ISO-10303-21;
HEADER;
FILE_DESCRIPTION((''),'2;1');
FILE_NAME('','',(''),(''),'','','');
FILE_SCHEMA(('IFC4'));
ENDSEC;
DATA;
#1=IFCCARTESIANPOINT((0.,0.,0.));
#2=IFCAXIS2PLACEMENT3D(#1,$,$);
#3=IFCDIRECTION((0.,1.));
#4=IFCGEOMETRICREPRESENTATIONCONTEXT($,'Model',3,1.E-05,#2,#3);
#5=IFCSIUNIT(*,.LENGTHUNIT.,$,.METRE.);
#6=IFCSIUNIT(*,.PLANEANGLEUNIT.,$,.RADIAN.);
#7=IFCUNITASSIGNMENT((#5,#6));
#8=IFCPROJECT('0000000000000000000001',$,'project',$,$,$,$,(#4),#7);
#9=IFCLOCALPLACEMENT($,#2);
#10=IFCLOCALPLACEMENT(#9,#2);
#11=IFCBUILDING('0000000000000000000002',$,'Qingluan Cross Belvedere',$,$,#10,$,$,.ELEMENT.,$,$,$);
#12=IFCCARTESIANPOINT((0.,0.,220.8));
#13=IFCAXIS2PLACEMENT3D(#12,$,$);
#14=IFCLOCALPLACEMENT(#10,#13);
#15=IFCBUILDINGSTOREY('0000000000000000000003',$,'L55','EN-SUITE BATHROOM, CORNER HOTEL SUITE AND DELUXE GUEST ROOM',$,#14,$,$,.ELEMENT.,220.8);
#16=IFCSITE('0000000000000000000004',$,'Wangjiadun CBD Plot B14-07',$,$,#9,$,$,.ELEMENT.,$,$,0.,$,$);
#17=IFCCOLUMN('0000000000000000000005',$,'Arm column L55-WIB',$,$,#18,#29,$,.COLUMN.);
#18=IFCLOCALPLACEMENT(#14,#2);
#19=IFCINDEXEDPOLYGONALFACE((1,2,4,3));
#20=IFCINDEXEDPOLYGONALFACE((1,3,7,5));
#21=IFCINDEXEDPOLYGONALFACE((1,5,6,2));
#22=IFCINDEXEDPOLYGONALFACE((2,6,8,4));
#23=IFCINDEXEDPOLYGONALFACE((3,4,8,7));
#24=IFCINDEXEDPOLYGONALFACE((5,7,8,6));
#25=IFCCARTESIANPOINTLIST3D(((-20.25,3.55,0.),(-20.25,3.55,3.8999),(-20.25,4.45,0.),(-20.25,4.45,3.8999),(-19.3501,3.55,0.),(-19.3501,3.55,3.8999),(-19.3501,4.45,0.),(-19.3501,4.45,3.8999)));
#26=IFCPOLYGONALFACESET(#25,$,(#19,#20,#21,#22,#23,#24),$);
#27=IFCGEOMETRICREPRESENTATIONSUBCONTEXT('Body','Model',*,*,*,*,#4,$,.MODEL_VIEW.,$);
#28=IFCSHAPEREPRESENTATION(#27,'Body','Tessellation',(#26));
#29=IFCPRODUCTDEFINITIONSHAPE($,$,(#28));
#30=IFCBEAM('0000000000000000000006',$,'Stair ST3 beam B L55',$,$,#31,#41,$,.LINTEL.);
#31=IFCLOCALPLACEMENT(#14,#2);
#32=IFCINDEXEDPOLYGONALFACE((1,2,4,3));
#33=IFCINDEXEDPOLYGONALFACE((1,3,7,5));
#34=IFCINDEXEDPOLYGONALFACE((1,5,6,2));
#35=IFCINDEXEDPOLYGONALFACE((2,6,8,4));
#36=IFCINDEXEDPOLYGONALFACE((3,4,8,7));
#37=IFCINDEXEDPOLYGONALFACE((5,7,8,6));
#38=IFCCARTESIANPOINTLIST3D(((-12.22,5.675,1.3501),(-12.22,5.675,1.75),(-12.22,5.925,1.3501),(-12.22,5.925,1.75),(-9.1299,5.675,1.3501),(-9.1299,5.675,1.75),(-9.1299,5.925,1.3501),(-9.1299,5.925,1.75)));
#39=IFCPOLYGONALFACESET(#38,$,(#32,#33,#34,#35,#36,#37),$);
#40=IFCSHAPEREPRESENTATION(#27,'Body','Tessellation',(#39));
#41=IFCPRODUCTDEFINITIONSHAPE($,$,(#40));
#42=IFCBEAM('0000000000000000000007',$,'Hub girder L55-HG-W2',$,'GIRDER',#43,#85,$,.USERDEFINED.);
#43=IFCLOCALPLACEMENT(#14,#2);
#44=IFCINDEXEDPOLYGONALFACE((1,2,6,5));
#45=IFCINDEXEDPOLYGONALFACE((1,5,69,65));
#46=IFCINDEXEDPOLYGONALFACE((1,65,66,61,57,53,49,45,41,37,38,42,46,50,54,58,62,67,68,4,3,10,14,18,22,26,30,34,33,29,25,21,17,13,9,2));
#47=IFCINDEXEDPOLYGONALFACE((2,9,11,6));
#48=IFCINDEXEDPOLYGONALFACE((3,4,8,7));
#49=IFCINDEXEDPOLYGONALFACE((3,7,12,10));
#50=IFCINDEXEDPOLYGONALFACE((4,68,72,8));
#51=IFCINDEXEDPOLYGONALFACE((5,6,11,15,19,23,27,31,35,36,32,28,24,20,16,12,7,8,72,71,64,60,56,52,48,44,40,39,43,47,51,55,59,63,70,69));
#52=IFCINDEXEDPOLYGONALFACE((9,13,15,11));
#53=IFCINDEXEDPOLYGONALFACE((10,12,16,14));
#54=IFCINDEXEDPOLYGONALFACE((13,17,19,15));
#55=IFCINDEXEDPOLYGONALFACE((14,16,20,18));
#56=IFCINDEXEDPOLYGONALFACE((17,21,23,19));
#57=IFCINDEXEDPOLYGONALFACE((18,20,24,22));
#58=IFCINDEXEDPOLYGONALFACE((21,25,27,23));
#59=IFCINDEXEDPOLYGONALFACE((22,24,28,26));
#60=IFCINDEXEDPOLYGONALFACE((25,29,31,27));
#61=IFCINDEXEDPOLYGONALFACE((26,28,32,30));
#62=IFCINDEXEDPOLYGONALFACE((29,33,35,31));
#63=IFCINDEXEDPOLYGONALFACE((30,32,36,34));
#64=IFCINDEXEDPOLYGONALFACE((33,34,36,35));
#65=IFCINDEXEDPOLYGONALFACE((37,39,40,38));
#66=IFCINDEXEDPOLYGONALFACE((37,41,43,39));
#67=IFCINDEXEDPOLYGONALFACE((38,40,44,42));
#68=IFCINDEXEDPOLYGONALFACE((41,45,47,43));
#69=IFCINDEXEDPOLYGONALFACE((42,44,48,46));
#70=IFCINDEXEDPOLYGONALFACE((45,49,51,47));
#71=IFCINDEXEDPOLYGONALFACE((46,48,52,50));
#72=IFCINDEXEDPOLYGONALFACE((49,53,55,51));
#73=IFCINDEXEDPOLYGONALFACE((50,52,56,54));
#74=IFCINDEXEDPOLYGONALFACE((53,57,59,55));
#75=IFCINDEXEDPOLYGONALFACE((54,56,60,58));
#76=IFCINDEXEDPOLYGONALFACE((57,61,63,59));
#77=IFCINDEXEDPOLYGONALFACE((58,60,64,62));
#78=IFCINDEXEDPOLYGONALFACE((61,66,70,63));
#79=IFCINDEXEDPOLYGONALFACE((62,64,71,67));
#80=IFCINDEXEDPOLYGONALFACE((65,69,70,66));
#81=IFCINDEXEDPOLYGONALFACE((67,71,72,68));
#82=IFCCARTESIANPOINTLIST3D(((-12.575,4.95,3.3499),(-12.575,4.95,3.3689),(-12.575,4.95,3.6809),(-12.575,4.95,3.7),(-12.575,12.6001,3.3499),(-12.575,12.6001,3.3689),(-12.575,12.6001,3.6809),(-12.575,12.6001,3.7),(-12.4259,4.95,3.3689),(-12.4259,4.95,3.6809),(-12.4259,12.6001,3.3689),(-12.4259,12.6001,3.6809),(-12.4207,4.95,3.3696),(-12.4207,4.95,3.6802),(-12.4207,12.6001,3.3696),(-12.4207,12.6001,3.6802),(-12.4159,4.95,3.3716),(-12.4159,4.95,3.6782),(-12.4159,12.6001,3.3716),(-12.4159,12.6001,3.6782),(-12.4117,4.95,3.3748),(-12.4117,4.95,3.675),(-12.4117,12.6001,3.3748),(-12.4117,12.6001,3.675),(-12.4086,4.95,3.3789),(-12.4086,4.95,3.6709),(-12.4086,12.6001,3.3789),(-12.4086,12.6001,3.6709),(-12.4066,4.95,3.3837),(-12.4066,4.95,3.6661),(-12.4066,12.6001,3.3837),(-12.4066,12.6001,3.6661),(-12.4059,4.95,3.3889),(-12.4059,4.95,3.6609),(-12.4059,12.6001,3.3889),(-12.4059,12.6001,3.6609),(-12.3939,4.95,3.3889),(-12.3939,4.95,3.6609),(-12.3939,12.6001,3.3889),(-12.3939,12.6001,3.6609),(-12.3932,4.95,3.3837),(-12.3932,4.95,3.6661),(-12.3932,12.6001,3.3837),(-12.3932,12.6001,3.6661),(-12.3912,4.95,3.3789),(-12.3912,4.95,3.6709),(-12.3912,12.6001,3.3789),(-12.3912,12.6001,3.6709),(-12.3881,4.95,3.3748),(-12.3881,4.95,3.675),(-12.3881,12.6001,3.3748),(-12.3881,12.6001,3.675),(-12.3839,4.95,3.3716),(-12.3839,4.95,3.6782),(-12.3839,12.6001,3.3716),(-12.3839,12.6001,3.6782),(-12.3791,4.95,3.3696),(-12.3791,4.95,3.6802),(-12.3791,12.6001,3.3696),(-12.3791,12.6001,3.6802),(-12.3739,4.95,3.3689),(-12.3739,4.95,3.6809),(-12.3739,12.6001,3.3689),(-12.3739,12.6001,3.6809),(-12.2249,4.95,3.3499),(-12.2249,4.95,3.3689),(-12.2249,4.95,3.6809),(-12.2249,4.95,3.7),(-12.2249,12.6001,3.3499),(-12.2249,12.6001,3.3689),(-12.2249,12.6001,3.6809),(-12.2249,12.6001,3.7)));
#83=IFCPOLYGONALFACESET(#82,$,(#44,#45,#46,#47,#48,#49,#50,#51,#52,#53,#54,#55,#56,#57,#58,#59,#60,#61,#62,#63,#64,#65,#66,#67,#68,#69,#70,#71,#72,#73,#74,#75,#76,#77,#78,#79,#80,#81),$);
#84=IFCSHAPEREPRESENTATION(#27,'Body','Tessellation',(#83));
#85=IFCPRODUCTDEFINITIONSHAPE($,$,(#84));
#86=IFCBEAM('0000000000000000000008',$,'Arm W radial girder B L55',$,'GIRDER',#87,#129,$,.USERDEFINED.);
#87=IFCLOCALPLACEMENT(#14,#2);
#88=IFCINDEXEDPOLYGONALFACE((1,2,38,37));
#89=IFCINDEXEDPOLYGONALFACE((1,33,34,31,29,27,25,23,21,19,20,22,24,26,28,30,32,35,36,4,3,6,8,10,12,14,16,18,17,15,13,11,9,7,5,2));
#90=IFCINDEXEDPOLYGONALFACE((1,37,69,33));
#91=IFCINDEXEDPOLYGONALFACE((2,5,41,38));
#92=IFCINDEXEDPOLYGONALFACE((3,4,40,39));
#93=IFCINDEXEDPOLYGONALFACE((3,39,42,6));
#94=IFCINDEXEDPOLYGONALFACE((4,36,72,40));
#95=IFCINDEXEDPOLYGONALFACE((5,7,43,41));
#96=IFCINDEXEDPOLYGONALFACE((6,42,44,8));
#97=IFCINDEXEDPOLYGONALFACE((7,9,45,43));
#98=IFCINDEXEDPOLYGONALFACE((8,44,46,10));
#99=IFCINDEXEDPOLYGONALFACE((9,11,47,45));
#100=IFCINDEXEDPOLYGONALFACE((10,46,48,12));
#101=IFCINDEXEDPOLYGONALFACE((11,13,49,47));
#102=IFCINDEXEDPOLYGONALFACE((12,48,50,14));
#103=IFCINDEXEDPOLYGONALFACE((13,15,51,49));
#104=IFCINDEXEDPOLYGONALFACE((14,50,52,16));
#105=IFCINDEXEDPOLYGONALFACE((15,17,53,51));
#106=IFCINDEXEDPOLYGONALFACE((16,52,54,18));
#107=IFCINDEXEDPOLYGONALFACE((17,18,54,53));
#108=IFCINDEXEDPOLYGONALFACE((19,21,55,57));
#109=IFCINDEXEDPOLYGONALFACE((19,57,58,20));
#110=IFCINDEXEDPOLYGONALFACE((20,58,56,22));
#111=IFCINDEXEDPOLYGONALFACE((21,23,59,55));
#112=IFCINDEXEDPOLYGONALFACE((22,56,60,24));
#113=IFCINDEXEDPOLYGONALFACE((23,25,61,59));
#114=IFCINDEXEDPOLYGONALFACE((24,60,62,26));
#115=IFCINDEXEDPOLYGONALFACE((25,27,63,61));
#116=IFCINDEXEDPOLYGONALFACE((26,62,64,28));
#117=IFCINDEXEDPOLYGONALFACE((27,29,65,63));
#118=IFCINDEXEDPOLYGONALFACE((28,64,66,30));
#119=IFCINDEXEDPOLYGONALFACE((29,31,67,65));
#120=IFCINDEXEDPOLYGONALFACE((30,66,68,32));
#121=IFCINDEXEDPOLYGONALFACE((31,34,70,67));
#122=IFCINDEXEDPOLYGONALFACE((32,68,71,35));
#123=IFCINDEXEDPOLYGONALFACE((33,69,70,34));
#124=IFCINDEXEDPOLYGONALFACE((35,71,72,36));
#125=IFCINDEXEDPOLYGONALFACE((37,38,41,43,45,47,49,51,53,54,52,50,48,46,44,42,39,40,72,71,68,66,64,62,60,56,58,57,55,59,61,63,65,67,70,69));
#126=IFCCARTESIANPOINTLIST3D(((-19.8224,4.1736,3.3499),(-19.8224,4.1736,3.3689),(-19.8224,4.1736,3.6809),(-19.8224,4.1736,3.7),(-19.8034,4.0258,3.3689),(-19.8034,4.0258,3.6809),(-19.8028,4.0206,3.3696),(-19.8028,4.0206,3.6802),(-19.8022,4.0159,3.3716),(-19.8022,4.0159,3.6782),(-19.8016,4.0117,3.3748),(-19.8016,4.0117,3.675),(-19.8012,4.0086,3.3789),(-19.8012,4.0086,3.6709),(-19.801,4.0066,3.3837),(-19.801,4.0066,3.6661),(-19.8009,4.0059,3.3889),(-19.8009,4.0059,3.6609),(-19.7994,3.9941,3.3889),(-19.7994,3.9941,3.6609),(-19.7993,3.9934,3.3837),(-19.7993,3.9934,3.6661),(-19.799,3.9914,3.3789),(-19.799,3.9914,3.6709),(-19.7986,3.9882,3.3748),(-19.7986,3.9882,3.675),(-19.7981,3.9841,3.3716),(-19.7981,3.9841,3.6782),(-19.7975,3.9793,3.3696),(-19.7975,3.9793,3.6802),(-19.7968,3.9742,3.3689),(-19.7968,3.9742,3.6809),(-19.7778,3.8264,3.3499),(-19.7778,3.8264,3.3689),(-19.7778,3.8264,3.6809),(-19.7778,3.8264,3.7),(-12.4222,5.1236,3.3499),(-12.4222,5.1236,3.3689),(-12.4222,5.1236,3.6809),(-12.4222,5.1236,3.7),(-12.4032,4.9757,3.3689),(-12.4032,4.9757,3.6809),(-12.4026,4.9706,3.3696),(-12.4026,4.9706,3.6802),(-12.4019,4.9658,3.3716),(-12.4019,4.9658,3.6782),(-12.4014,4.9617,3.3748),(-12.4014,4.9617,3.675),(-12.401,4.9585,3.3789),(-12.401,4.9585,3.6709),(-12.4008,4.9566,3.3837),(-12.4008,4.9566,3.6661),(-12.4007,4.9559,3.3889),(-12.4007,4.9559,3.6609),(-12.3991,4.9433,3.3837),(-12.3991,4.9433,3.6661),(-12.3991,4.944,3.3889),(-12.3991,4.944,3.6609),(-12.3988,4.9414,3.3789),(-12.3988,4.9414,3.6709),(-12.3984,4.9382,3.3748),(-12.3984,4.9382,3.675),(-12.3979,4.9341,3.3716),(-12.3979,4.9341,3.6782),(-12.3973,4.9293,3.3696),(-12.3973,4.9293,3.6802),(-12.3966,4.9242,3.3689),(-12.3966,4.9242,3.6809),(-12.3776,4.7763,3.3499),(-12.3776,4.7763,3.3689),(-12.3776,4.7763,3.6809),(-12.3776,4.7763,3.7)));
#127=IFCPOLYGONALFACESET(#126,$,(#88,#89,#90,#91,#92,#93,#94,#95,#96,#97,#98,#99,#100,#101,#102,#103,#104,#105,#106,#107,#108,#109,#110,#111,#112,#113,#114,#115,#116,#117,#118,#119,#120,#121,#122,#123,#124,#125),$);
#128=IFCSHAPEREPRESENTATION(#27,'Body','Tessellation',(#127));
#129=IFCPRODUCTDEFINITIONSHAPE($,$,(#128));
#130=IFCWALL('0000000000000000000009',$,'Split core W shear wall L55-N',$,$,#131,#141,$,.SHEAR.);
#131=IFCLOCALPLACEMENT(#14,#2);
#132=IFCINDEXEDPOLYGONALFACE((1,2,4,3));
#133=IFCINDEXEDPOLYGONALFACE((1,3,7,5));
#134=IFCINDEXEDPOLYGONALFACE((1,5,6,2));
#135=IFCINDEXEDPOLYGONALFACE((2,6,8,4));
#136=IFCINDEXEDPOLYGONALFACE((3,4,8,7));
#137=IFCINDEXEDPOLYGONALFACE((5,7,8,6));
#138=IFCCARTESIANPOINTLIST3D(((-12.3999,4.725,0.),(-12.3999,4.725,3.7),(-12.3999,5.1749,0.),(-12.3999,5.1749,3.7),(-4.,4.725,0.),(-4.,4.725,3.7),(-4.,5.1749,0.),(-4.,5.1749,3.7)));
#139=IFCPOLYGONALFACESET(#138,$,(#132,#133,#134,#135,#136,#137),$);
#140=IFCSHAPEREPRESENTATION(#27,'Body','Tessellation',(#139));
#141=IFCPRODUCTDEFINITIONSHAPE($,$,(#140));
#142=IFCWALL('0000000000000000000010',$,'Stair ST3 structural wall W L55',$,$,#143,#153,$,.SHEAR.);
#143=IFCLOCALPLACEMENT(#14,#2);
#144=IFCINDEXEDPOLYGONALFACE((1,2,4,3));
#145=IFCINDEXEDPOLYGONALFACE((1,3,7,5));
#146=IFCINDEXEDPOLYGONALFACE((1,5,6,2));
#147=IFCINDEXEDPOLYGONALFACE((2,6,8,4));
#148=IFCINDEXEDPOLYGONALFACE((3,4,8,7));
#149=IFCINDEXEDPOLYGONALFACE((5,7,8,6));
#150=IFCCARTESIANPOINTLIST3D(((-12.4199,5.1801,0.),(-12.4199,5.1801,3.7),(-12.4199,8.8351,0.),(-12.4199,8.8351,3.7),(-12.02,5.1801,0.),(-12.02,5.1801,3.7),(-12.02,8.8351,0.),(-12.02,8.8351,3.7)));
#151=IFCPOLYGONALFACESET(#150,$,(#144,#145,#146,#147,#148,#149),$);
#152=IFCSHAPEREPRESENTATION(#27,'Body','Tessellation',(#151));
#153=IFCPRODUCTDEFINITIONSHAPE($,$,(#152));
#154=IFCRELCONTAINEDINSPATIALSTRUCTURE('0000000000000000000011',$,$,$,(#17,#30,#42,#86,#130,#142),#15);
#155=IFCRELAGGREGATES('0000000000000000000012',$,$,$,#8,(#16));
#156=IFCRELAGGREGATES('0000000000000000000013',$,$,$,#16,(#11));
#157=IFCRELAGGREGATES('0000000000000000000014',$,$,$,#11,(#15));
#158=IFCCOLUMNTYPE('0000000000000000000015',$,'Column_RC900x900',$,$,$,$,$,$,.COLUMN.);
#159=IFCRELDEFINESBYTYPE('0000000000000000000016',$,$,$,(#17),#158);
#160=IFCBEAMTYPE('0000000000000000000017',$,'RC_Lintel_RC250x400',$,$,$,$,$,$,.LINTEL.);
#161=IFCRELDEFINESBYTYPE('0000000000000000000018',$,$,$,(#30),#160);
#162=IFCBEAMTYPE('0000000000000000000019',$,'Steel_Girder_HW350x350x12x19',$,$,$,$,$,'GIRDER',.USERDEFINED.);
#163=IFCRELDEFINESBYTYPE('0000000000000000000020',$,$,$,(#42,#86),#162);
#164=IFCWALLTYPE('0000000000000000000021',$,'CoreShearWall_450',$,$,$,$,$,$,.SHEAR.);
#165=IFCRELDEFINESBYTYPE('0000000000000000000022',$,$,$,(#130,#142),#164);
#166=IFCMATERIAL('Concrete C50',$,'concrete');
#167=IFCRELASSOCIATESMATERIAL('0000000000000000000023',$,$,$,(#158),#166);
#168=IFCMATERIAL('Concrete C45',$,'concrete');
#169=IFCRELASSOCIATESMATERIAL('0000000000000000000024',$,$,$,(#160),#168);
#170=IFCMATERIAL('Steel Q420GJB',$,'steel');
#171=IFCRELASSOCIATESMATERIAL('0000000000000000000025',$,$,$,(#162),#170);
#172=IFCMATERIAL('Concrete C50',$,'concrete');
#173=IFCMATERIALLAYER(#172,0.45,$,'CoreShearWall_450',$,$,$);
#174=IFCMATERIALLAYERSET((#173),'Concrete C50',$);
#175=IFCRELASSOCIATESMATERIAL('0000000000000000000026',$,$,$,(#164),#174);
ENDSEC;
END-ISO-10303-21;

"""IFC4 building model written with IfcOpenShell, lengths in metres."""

from ifc_helpers import new_model, si_unit, direction, frame, frame_2d, origin, origin_2d, place, context, subcontext, project, spatial, rectangle, i_section, extrude, material, layer, layer_set, material_profile, profile_set, type_object, element, save


model = new_model("IFC4")

# Units and contexts
model_context = context("Model", 3, precision=1e-05, world=origin(), true_north=direction((0.0, 1.0)))
body_context = subcontext(model_context, "Body", "Model", "MODEL_VIEW")
ifc_project = project(units=[si_unit("LENGTHUNIT", "METRE"), si_unit("PLANEANGLEUNIT", "RADIAN")], contexts=[model_context])

# Site, building, storey
site_placement = place(None, origin())
site = spatial("IfcSite", under=ifc_project, at=site_placement, Name="Wangjiadun CBD Plot B14-07", CompositionType="ELEMENT", RefElevation=0.0)
building_placement = place(site_placement, origin())
building = spatial("IfcBuilding", under=site, at=building_placement, Name="Qingluan Cross Belvedere", CompositionType="ELEMENT")
storey_placement = place(building_placement, frame((0.0, 0.0, 220.8)))
storey = spatial("IfcBuildingStorey", under=building, at=storey_placement, Name="L55", Description="EN-SUITE BATHROOM, CORNER HOTEL SUITE AND DELUXE GUEST ROOM", CompositionType="ELEMENT", Elevation=220.8)

# Column
ifc_material_1 = material(Name="Concrete C50", Category="concrete")
ifc_material_profile_1 = material_profile(ifc_material_1, rectangle(XDim=0.8999, YDim=0.8999, at=origin_2d()), Name="RC900x900")
ifc_profile_set_1 = profile_set([ifc_material_profile_1], Name="Concrete C50")
column_type = type_object("IfcColumnType", Name="Column_RC900x900", PredefinedType="COLUMN", material=ifc_profile_set_1)
column_placement = place(storey_placement, frame((-19.8, 4.0, 0.0), z_axis=(0.0, 0.0, 1.0), x_axis=(1.0, 0.0, 0.0)))
element("IfcColumn", 1, at=column_placement, inside=storey, type_object=column_type, Name="Arm column L55-WIB", PredefinedType="COLUMN", context=body_context, shape_type="SweptSolid", body=[
    extrude(rectangle(XDim=0.8999, YDim=0.8999, at=origin_2d()), origin(), (0.0, 0.0, 1.0), 3.8999),
])

# Beams
ifc_material_2 = material(Name="Concrete C45", Category="concrete")
ifc_material_profile_2 = material_profile(ifc_material_2, rectangle(XDim=0.25, YDim=0.3999, at=origin_2d()), Name="RC250x400")
ifc_profile_set_2 = profile_set([ifc_material_profile_2], Name="Concrete C45")
beam_type_1 = type_object("IfcBeamType", Name="RC_Lintel_RC250x400", PredefinedType="LINTEL", material=ifc_profile_set_2)
beam_1_placement = place(storey_placement, frame((-12.22, 5.8, 1.55), z_axis=(1.0, 0.0, 0.0), x_axis=(0.0, 1.0, 0.0)))
element("IfcBeam", 2, at=beam_1_placement, inside=storey, type_object=beam_type_1, Name="Stair ST3 beam B L55", PredefinedType="LINTEL", context=body_context, shape_type="SweptSolid", body=[
    extrude(rectangle(XDim=0.25, YDim=0.3999, at=origin_2d()), origin(), (0.0, 0.0, 1.0), 3.0901),
])
ifc_material_3 = material(Name="Steel Q420GJB", Category="steel")
ifc_material_profile_3 = material_profile(ifc_material_3, i_section(OverallWidth=0.3501, OverallDepth=0.3501, WebThickness=0.012, FlangeThickness=0.019, FilletRadius=0.02, at=origin_2d()), Name="HW350x350x12x19")
ifc_profile_set_3 = profile_set([ifc_material_profile_3], Name="Steel Q420GJB")
beam_type_2 = type_object("IfcBeamType", Name="Steel_Girder_HW350x350x12x19", ElementType="GIRDER", PredefinedType="USERDEFINED", material=ifc_profile_set_3)
beam_2_placement = place(storey_placement, frame((-12.3999, 4.95, 3.5249), z_axis=(0.0, 1.0, 0.0), x_axis=(-1.0, 0.0, 0.0)))
element("IfcBeam", 3, at=beam_2_placement, inside=storey, type_object=beam_type_2, Name="Hub girder L55-HG-W2", ObjectType="GIRDER", PredefinedType="USERDEFINED", context=body_context, shape_type="SweptSolid", body=[
    extrude(i_section(OverallWidth=0.3501, OverallDepth=0.3501, WebThickness=0.012, FlangeThickness=0.019, FilletRadius=0.02, at=origin_2d()), origin(), (0.0, 0.0, 1.0), 7.6501),
])
beam_3_placement = place(storey_placement, frame((-12.3999, 4.95, 3.5249), z_axis=(-0.991861, -0.127324, 0.0), x_axis=(0.127324, -0.991861, 0.0)))
element("IfcBeam", 4, at=beam_3_placement, inside=storey, type_object=beam_type_2, Name="Arm W radial girder B L55", ObjectType="GIRDER", PredefinedType="USERDEFINED", context=body_context, shape_type="SweptSolid", body=[
    extrude(i_section(OverallWidth=0.3501, OverallDepth=0.3501, WebThickness=0.012, FlangeThickness=0.019, FilletRadius=0.02, at=origin_2d()), origin(), (0.0, 0.0, 1.0), 7.4609),
])

# Walls
ifc_material_4 = material(Name="Concrete C50", Category="concrete")
ifc_layer_1 = layer(ifc_material_4, 0.45, Name="CoreShearWall_450")
ifc_layer_set_1 = layer_set([ifc_layer_1], Name="Concrete C50")
wall_type_1 = type_object("IfcWallType", Name="CoreShearWall_450", PredefinedType="SHEAR", material=ifc_layer_set_1)
wall_1_placement = place(storey_placement, frame((-12.3999, 4.95, 0.0), z_axis=(0.0, 0.0, 1.0), x_axis=(1.0, 0.0, 0.0)))
element("IfcWall", 5, at=wall_1_placement, inside=storey, type_object=wall_type_1, Name="Split core W shear wall L55-N", PredefinedType="SHEAR", context=body_context, shape_type="SweptSolid", body=[
    extrude(rectangle(XDim=8.3999, YDim=0.45, at=frame_2d((4.2, 0.0))), origin(), (0.0, 0.0, 1.0), 3.7),
])
wall_2_placement = place(storey_placement, frame((-12.22, 5.1799, 0.0), z_axis=(0.0, 0.0, 1.0), x_axis=(0.0, 1.0, 0.0)))
element("IfcWall", 6, at=wall_2_placement, inside=storey, type_object=wall_type_1, Name="Stair ST3 structural wall W L55", PredefinedType="SHEAR", context=body_context, shape_type="SweptSolid", body=[
    extrude(rectangle(XDim=3.655, YDim=0.3999, at=frame_2d((1.8276, 0.0))), origin(), (0.0, 0.0, 1.0), 3.7),
])

save(model, "model.ifc")
